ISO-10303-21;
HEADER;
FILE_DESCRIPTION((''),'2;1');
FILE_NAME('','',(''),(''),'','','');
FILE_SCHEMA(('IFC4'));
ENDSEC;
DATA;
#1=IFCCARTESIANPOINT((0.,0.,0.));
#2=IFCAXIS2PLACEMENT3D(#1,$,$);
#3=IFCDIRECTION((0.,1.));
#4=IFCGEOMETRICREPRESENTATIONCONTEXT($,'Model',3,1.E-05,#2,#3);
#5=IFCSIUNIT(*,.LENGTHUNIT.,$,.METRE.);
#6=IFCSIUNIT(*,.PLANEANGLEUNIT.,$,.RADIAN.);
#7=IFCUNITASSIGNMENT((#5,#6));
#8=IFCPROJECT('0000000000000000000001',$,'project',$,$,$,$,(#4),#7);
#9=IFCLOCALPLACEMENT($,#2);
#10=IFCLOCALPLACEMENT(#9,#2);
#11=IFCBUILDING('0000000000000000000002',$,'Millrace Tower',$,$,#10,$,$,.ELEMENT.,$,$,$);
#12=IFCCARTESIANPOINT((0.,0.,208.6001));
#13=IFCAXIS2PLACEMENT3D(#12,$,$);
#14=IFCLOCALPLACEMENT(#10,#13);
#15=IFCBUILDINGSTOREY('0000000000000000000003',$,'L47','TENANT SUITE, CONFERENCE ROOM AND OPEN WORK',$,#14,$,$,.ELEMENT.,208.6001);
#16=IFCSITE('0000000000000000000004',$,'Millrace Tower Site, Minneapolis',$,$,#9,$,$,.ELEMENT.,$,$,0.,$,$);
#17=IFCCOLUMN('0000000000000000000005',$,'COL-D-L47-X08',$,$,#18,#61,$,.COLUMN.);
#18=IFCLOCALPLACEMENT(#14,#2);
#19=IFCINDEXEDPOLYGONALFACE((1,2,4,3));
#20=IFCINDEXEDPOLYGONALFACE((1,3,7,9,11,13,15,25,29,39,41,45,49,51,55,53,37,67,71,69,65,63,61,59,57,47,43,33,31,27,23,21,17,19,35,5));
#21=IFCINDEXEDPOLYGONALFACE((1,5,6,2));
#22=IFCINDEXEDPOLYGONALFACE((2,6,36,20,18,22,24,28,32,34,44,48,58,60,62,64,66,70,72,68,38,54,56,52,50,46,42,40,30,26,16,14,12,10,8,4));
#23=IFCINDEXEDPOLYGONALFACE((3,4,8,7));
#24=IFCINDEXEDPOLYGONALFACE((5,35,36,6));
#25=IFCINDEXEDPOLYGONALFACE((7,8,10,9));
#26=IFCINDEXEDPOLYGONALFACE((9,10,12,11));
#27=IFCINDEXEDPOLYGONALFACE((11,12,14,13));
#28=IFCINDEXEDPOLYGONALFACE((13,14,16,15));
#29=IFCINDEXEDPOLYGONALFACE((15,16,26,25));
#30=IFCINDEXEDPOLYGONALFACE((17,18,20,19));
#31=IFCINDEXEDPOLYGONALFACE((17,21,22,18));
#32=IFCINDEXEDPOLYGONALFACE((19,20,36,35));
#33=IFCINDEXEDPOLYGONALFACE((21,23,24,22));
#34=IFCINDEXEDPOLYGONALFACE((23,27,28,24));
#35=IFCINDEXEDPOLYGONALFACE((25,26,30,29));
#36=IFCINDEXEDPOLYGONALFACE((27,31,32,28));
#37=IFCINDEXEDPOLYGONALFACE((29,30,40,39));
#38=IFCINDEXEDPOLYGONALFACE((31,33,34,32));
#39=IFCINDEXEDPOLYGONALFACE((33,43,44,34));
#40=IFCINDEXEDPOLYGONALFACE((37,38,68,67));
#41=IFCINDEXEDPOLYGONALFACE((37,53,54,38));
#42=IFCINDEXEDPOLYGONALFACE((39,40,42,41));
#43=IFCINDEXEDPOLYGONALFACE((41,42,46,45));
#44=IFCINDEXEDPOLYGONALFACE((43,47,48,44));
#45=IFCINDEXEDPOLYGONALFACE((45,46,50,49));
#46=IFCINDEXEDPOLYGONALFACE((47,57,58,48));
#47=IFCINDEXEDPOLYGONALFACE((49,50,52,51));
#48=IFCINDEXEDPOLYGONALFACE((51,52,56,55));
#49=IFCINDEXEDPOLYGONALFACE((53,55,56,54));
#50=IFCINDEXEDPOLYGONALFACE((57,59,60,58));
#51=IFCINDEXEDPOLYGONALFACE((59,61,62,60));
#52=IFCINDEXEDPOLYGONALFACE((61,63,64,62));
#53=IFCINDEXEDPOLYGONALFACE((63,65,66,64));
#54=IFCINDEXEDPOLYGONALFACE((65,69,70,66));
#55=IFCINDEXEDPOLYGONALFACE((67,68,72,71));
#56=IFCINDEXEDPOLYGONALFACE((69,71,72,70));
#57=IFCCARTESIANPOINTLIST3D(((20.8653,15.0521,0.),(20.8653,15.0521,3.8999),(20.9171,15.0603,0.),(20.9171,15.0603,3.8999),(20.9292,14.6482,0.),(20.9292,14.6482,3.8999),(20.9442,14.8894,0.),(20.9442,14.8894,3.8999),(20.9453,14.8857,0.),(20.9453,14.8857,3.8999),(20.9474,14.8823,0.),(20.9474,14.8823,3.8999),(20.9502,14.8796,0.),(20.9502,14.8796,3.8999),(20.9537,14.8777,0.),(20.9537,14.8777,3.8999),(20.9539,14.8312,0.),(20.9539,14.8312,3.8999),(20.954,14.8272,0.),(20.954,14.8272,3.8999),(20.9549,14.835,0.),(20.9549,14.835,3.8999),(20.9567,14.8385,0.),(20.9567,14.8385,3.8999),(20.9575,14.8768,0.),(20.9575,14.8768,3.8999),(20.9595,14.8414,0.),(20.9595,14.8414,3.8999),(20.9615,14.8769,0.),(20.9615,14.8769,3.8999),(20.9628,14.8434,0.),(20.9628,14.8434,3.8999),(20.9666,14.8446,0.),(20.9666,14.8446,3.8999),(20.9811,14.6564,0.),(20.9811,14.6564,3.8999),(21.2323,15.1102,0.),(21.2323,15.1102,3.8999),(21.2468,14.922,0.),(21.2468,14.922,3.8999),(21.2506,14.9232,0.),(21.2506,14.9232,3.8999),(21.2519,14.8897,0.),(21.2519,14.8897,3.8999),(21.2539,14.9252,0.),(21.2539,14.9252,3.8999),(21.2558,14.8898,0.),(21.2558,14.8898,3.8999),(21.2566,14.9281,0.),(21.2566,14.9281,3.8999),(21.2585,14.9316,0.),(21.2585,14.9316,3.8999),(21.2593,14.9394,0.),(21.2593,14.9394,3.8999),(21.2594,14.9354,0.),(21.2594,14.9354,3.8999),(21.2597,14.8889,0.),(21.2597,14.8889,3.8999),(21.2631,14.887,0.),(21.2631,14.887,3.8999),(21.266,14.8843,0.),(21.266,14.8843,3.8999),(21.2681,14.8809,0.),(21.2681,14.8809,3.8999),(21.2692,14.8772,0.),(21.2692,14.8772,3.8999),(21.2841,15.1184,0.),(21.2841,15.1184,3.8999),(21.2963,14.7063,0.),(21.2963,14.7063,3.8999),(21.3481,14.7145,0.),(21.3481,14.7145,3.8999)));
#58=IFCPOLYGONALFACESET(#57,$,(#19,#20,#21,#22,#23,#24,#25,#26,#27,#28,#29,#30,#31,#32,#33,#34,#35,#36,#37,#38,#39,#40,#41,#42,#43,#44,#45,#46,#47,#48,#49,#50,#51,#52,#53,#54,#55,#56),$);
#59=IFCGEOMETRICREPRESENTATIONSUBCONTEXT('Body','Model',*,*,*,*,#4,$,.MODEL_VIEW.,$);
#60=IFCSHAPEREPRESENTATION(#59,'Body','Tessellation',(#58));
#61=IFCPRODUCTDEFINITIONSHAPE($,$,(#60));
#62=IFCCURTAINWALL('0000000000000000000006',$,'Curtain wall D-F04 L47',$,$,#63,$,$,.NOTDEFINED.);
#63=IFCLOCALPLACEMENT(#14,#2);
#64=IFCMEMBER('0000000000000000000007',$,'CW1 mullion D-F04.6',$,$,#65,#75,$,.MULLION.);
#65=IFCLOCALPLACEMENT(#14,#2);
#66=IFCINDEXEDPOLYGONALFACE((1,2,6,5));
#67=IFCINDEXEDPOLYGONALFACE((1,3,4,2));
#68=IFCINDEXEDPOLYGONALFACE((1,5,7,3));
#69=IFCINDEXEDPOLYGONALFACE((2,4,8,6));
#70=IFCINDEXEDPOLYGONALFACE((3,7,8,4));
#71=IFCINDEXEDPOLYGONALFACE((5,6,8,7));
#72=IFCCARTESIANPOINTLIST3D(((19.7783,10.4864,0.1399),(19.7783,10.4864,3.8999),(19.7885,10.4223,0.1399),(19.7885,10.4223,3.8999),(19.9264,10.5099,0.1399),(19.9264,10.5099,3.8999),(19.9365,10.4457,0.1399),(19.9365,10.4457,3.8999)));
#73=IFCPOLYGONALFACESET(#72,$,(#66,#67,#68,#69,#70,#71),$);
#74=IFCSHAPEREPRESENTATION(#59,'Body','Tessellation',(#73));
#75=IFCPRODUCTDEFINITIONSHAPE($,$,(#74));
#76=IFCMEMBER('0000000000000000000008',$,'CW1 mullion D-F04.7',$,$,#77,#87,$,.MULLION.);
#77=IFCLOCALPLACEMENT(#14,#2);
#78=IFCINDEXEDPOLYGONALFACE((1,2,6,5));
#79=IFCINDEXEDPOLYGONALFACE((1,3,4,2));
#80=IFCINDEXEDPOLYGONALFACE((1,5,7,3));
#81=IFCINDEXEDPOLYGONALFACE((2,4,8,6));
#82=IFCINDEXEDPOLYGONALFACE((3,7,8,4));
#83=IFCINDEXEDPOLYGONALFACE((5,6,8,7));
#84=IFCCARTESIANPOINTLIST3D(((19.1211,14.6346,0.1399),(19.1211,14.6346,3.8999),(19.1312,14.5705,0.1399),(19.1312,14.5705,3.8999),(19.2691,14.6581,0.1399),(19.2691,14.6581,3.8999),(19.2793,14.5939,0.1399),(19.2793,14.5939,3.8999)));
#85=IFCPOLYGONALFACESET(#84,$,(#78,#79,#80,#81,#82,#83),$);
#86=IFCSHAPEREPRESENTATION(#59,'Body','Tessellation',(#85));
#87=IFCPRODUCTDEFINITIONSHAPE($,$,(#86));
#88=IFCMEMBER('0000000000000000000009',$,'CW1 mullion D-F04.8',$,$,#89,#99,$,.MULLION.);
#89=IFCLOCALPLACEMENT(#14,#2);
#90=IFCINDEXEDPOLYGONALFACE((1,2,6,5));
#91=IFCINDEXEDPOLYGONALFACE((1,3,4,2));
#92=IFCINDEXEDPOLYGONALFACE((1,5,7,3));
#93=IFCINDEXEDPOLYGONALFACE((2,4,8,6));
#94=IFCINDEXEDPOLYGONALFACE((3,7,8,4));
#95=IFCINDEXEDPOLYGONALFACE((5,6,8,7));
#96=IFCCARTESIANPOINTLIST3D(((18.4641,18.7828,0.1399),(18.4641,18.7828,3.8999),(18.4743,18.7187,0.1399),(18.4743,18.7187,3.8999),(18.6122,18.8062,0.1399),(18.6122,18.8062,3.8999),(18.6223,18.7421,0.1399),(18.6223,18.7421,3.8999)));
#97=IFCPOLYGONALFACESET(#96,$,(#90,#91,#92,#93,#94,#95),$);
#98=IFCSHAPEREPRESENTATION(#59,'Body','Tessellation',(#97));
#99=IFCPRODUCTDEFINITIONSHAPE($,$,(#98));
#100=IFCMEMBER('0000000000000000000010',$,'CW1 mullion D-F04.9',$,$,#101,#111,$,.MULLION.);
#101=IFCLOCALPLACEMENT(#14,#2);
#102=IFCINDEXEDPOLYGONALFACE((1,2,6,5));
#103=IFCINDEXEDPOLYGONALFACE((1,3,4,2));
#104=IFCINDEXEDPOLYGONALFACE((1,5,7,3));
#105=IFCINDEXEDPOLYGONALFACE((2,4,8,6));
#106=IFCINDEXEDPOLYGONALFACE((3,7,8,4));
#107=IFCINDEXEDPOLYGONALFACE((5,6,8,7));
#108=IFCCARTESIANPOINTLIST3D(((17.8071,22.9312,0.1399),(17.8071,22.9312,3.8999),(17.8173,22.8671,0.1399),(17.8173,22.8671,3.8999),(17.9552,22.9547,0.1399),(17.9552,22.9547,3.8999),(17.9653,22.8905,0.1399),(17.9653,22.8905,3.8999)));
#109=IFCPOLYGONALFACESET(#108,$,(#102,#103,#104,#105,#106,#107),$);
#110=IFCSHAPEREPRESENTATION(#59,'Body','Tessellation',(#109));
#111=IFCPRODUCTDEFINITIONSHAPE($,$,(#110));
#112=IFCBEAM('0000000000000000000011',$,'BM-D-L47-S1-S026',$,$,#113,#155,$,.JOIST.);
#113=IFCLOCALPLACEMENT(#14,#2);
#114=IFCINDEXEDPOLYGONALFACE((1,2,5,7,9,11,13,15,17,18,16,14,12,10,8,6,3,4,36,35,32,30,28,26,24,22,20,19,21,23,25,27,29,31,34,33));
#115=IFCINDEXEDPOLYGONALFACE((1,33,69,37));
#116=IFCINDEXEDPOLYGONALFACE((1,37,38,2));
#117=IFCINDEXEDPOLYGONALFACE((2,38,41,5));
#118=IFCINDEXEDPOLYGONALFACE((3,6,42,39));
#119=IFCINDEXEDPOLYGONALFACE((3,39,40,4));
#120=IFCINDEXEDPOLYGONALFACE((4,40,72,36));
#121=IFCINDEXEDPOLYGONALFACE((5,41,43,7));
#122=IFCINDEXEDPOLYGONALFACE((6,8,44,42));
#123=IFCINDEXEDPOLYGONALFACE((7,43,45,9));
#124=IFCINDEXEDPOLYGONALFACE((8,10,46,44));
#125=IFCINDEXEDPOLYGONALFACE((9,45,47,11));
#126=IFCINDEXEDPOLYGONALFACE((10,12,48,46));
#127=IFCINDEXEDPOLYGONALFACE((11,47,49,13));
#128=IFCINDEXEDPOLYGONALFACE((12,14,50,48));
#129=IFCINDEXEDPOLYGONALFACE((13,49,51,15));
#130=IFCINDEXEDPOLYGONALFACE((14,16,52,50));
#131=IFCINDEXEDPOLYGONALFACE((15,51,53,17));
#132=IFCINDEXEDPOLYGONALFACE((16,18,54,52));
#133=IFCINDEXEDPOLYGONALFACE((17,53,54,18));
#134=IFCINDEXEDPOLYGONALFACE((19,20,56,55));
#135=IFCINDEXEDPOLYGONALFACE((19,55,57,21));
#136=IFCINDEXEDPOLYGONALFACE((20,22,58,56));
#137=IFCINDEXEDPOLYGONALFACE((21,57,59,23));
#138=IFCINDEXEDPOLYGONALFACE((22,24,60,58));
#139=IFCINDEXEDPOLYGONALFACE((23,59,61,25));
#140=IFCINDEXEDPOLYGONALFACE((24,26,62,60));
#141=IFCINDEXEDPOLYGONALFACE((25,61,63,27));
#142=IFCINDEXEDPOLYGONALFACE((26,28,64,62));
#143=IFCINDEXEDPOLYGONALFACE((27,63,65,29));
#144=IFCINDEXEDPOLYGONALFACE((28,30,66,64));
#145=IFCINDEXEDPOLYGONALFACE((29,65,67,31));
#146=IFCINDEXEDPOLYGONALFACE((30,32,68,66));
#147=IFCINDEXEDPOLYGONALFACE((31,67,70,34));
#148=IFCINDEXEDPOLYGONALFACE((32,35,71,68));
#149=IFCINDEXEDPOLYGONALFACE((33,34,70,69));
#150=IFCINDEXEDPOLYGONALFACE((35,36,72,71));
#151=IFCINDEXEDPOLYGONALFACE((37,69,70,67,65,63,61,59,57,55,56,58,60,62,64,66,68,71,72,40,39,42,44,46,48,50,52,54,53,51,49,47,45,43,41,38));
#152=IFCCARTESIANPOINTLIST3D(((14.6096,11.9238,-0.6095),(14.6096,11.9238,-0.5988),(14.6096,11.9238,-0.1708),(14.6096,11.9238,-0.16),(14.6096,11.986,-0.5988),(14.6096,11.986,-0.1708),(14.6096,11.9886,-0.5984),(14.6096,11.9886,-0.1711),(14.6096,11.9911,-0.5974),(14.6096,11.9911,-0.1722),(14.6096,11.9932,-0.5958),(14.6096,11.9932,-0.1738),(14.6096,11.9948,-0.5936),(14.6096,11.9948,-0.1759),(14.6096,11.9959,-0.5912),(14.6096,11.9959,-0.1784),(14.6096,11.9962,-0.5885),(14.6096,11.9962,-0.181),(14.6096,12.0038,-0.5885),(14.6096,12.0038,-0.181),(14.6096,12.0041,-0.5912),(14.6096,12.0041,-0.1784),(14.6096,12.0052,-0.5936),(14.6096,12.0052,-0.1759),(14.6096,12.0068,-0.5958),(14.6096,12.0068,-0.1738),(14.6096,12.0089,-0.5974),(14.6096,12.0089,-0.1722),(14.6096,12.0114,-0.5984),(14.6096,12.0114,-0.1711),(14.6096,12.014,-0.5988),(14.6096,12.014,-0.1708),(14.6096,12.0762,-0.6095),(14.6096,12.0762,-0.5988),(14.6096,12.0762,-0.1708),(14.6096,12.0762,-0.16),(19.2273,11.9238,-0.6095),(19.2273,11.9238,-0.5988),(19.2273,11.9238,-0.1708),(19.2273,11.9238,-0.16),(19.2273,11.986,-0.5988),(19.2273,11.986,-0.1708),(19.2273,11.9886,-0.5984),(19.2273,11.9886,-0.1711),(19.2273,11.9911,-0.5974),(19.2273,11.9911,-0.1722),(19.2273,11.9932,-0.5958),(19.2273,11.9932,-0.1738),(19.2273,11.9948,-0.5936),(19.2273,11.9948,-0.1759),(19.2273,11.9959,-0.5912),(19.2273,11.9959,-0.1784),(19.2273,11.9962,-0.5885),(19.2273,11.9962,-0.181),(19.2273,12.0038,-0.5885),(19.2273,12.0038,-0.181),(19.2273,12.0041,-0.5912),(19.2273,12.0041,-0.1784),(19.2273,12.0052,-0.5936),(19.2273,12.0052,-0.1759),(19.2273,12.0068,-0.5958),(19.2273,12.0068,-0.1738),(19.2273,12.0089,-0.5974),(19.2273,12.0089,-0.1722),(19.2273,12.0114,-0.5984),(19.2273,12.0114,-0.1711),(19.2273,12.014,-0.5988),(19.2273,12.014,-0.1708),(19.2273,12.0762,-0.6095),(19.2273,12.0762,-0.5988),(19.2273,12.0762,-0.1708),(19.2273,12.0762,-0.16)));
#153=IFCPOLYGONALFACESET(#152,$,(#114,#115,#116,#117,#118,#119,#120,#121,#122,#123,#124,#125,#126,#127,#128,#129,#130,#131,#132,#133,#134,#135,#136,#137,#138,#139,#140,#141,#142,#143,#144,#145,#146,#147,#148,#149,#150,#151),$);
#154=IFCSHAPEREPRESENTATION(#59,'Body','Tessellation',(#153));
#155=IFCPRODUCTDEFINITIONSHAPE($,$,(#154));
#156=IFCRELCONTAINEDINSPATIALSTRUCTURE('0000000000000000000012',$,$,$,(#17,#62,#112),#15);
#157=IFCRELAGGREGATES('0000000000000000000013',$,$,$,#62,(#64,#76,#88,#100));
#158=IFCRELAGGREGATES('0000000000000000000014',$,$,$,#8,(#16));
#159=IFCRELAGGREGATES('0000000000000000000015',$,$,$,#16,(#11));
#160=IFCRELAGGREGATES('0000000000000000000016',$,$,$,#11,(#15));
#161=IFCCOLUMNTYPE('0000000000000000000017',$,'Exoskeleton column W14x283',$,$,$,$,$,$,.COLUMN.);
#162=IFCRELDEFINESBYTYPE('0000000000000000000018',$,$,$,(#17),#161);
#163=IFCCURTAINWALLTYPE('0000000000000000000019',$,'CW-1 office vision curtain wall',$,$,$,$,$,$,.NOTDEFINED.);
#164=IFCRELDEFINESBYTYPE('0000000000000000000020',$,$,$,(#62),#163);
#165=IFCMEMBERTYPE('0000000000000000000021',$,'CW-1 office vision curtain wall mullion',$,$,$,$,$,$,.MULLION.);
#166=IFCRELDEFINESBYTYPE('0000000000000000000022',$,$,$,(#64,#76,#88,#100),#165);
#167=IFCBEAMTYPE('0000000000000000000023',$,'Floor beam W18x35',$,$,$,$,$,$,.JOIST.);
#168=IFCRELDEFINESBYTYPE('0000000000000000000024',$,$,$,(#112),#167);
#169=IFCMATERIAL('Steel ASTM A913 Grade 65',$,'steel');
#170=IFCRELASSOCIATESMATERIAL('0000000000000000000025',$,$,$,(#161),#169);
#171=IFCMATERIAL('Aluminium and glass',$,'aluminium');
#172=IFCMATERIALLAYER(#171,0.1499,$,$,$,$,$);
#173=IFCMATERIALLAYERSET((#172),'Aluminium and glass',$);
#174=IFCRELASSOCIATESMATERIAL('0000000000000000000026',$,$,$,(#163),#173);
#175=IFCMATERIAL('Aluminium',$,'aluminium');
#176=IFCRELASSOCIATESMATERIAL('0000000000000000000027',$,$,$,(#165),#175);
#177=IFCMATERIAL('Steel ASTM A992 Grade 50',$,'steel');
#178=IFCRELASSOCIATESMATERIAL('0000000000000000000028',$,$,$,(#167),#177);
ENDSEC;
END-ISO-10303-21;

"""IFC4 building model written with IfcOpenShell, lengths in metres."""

from ifc_helpers import new_model, si_unit, direction, frame, origin, origin_2d, place, context, subcontext, project, spatial, rectangle, i_section, extrude, material, layer, layer_set, material_profile, profile_set, type_object, element, aggregate, save


model = new_model("IFC4")

# Units and contexts
model_context = context("Model", 3, precision=1e-05, world=origin(), true_north=direction((0.0, 1.0)))
body_context = subcontext(model_context, "Body", "Model", "MODEL_VIEW")
ifc_project = project(units=[si_unit("LENGTHUNIT", "METRE"), si_unit("PLANEANGLEUNIT", "RADIAN")], contexts=[model_context])

# Site, building, storey
site_placement = place(None, origin())
site = spatial("IfcSite", under=ifc_project, at=site_placement, Name="Millrace Tower Site, Minneapolis", CompositionType="ELEMENT", RefElevation=0.0)
building_placement = place(site_placement, origin())
building = spatial("IfcBuilding", under=site, at=building_placement, Name="Millrace Tower", CompositionType="ELEMENT")
storey_placement = place(building_placement, frame((0.0, 0.0, 208.6001)))
storey = spatial("IfcBuildingStorey", under=building, at=storey_placement, Name="L47", Description="TENANT SUITE, CONFERENCE ROOM AND OPEN WORK", CompositionType="ELEMENT", Elevation=208.6001)

# Column
ifc_material_1 = material(Name="Steel ASTM A913 Grade 65", Category="steel")
ifc_material_profile_1 = material_profile(ifc_material_1, i_section(OverallWidth=0.4089, OverallDepth=0.4241, WebThickness=0.0327, FlangeThickness=0.0525, FilletRadius=0.0151, at=origin_2d()))
ifc_profile_set_1 = profile_set([ifc_material_profile_1], Name="Steel ASTM A913 Grade 65")
column_type = type_object("IfcColumnType", Name="Exoskeleton column W14x283", PredefinedType="COLUMN", material=ifc_profile_set_1)
column_placement = place(storey_placement, frame((21.1067, 14.8833, 0.0), z_axis=(0.0, 0.0, 1.0), x_axis=(-0.156434, 0.987688, 0.0)))
element("IfcColumn", 1, at=column_placement, inside=storey, type_object=column_type, Name="COL-D-L47-X08", PredefinedType="COLUMN", context=body_context, shape_type="SweptSolid", body=[
    extrude(i_section(OverallWidth=0.4089, OverallDepth=0.4241, WebThickness=0.0327, FlangeThickness=0.0525, FilletRadius=0.0151, at=origin_2d()), origin(), (0.0, 0.0, 1.0), 3.8999),
])

# Curtain wall, members
ifc_material_2 = material(Name="Aluminium and glass", Category="aluminium")
ifc_layer_1 = layer(ifc_material_2, 0.1499)
ifc_layer_set_1 = layer_set([ifc_layer_1], Name="Aluminium and glass")
curtain_wall_type = type_object("IfcCurtainWallType", Name="CW-1 office vision curtain wall", PredefinedType="NOTDEFINED", material=ifc_layer_set_1)
curtain_wall_placement = place(storey_placement, origin())
curtain_wall = element("IfcCurtainWall", 2, at=curtain_wall_placement, inside=storey, type_object=curtain_wall_type, Name="Curtain wall D-F04 L47", PredefinedType="NOTDEFINED")
ifc_material_3 = material(Name="Aluminium", Category="aluminium")
ifc_material_profile_2 = material_profile(ifc_material_3, rectangle(XDim=0.0649, YDim=0.1499, at=origin_2d()))
ifc_profile_set_2 = profile_set([ifc_material_profile_2], Name="Aluminium")
member_type = type_object("IfcMemberType", Name="CW-1 office vision curtain wall mullion", PredefinedType="MULLION", material=ifc_profile_set_2)
member_1_placement = place(storey_placement, frame((19.8574, 10.4661, 0.1399), z_axis=(0.0, 0.0, 1.0), x_axis=(-0.156434, 0.987688, 0.0)))
member_1 = element("IfcMember", 3, at=member_1_placement, type_object=member_type, Name="CW1 mullion D-F04.6", PredefinedType="MULLION", context=body_context, shape_type="SweptSolid", body=[
    extrude(rectangle(XDim=0.0649, YDim=0.1499, at=origin_2d()), origin(), (0.0, 0.0, 1.0), 3.76),
])
member_2_placement = place(storey_placement, frame((19.2002, 14.6143, 0.1399), z_axis=(0.0, 0.0, 1.0), x_axis=(-0.156434, 0.987688, 0.0)))
member_2 = element("IfcMember", 4, at=member_2_placement, type_object=member_type, Name="CW1 mullion D-F04.7", PredefinedType="MULLION", context=body_context, shape_type="SweptSolid", body=[
    extrude(rectangle(XDim=0.0649, YDim=0.1499, at=origin_2d()), origin(), (0.0, 0.0, 1.0), 3.76),
])
member_3_placement = place(storey_placement, frame((18.5432, 18.7625, 0.1399), z_axis=(0.0, 0.0, 1.0), x_axis=(-0.156434, 0.987688, 0.0)))
member_3 = element("IfcMember", 5, at=member_3_placement, type_object=member_type, Name="CW1 mullion D-F04.8", PredefinedType="MULLION", context=body_context, shape_type="SweptSolid", body=[
    extrude(rectangle(XDim=0.0649, YDim=0.1499, at=origin_2d()), origin(), (0.0, 0.0, 1.0), 3.76),
])
member_4_placement = place(storey_placement, frame((17.8862, 22.9109, 0.1399), z_axis=(0.0, 0.0, 1.0), x_axis=(-0.156434, 0.987688, 0.0)))
member_4 = element("IfcMember", 6, at=member_4_placement, type_object=member_type, Name="CW1 mullion D-F04.9", PredefinedType="MULLION", context=body_context, shape_type="SweptSolid", body=[
    extrude(rectangle(XDim=0.0649, YDim=0.1499, at=origin_2d()), origin(), (0.0, 0.0, 1.0), 3.76),
])
aggregate(curtain_wall, [member_1, member_2, member_3, member_4])

# Beam
ifc_material_4 = material(Name="Steel ASTM A992 Grade 50", Category="steel")
ifc_material_profile_3 = material_profile(ifc_material_4, i_section(OverallWidth=0.1523, OverallDepth=0.4495, WebThickness=0.0076, FlangeThickness=0.0107, FilletRadius=0.0103, at=origin_2d()))
ifc_profile_set_3 = profile_set([ifc_material_profile_3], Name="Steel ASTM A992 Grade 50")
beam_type_1 = type_object("IfcBeamType", Name="Floor beam W18x35", PredefinedType="JOIST", material=ifc_profile_set_3)
beam_1_placement = place(storey_placement, frame((14.6096, 12.0, -0.3848), z_axis=(1.0, 0.0, 0.0), x_axis=(0.0, 1.0, 0.0)))
element("IfcBeam", 7, at=beam_1_placement, inside=storey, type_object=beam_type_1, Name="BM-D-L47-S1-S026", PredefinedType="JOIST", context=body_context, shape_type="SweptSolid", body=[
    extrude(i_section(OverallWidth=0.1523, OverallDepth=0.4495, WebThickness=0.0076, FlangeThickness=0.0107, FilletRadius=0.0103, at=origin_2d()), origin(), (0.0, 0.0, 1.0), 4.6177),
])

save(model, "model.ifc")
